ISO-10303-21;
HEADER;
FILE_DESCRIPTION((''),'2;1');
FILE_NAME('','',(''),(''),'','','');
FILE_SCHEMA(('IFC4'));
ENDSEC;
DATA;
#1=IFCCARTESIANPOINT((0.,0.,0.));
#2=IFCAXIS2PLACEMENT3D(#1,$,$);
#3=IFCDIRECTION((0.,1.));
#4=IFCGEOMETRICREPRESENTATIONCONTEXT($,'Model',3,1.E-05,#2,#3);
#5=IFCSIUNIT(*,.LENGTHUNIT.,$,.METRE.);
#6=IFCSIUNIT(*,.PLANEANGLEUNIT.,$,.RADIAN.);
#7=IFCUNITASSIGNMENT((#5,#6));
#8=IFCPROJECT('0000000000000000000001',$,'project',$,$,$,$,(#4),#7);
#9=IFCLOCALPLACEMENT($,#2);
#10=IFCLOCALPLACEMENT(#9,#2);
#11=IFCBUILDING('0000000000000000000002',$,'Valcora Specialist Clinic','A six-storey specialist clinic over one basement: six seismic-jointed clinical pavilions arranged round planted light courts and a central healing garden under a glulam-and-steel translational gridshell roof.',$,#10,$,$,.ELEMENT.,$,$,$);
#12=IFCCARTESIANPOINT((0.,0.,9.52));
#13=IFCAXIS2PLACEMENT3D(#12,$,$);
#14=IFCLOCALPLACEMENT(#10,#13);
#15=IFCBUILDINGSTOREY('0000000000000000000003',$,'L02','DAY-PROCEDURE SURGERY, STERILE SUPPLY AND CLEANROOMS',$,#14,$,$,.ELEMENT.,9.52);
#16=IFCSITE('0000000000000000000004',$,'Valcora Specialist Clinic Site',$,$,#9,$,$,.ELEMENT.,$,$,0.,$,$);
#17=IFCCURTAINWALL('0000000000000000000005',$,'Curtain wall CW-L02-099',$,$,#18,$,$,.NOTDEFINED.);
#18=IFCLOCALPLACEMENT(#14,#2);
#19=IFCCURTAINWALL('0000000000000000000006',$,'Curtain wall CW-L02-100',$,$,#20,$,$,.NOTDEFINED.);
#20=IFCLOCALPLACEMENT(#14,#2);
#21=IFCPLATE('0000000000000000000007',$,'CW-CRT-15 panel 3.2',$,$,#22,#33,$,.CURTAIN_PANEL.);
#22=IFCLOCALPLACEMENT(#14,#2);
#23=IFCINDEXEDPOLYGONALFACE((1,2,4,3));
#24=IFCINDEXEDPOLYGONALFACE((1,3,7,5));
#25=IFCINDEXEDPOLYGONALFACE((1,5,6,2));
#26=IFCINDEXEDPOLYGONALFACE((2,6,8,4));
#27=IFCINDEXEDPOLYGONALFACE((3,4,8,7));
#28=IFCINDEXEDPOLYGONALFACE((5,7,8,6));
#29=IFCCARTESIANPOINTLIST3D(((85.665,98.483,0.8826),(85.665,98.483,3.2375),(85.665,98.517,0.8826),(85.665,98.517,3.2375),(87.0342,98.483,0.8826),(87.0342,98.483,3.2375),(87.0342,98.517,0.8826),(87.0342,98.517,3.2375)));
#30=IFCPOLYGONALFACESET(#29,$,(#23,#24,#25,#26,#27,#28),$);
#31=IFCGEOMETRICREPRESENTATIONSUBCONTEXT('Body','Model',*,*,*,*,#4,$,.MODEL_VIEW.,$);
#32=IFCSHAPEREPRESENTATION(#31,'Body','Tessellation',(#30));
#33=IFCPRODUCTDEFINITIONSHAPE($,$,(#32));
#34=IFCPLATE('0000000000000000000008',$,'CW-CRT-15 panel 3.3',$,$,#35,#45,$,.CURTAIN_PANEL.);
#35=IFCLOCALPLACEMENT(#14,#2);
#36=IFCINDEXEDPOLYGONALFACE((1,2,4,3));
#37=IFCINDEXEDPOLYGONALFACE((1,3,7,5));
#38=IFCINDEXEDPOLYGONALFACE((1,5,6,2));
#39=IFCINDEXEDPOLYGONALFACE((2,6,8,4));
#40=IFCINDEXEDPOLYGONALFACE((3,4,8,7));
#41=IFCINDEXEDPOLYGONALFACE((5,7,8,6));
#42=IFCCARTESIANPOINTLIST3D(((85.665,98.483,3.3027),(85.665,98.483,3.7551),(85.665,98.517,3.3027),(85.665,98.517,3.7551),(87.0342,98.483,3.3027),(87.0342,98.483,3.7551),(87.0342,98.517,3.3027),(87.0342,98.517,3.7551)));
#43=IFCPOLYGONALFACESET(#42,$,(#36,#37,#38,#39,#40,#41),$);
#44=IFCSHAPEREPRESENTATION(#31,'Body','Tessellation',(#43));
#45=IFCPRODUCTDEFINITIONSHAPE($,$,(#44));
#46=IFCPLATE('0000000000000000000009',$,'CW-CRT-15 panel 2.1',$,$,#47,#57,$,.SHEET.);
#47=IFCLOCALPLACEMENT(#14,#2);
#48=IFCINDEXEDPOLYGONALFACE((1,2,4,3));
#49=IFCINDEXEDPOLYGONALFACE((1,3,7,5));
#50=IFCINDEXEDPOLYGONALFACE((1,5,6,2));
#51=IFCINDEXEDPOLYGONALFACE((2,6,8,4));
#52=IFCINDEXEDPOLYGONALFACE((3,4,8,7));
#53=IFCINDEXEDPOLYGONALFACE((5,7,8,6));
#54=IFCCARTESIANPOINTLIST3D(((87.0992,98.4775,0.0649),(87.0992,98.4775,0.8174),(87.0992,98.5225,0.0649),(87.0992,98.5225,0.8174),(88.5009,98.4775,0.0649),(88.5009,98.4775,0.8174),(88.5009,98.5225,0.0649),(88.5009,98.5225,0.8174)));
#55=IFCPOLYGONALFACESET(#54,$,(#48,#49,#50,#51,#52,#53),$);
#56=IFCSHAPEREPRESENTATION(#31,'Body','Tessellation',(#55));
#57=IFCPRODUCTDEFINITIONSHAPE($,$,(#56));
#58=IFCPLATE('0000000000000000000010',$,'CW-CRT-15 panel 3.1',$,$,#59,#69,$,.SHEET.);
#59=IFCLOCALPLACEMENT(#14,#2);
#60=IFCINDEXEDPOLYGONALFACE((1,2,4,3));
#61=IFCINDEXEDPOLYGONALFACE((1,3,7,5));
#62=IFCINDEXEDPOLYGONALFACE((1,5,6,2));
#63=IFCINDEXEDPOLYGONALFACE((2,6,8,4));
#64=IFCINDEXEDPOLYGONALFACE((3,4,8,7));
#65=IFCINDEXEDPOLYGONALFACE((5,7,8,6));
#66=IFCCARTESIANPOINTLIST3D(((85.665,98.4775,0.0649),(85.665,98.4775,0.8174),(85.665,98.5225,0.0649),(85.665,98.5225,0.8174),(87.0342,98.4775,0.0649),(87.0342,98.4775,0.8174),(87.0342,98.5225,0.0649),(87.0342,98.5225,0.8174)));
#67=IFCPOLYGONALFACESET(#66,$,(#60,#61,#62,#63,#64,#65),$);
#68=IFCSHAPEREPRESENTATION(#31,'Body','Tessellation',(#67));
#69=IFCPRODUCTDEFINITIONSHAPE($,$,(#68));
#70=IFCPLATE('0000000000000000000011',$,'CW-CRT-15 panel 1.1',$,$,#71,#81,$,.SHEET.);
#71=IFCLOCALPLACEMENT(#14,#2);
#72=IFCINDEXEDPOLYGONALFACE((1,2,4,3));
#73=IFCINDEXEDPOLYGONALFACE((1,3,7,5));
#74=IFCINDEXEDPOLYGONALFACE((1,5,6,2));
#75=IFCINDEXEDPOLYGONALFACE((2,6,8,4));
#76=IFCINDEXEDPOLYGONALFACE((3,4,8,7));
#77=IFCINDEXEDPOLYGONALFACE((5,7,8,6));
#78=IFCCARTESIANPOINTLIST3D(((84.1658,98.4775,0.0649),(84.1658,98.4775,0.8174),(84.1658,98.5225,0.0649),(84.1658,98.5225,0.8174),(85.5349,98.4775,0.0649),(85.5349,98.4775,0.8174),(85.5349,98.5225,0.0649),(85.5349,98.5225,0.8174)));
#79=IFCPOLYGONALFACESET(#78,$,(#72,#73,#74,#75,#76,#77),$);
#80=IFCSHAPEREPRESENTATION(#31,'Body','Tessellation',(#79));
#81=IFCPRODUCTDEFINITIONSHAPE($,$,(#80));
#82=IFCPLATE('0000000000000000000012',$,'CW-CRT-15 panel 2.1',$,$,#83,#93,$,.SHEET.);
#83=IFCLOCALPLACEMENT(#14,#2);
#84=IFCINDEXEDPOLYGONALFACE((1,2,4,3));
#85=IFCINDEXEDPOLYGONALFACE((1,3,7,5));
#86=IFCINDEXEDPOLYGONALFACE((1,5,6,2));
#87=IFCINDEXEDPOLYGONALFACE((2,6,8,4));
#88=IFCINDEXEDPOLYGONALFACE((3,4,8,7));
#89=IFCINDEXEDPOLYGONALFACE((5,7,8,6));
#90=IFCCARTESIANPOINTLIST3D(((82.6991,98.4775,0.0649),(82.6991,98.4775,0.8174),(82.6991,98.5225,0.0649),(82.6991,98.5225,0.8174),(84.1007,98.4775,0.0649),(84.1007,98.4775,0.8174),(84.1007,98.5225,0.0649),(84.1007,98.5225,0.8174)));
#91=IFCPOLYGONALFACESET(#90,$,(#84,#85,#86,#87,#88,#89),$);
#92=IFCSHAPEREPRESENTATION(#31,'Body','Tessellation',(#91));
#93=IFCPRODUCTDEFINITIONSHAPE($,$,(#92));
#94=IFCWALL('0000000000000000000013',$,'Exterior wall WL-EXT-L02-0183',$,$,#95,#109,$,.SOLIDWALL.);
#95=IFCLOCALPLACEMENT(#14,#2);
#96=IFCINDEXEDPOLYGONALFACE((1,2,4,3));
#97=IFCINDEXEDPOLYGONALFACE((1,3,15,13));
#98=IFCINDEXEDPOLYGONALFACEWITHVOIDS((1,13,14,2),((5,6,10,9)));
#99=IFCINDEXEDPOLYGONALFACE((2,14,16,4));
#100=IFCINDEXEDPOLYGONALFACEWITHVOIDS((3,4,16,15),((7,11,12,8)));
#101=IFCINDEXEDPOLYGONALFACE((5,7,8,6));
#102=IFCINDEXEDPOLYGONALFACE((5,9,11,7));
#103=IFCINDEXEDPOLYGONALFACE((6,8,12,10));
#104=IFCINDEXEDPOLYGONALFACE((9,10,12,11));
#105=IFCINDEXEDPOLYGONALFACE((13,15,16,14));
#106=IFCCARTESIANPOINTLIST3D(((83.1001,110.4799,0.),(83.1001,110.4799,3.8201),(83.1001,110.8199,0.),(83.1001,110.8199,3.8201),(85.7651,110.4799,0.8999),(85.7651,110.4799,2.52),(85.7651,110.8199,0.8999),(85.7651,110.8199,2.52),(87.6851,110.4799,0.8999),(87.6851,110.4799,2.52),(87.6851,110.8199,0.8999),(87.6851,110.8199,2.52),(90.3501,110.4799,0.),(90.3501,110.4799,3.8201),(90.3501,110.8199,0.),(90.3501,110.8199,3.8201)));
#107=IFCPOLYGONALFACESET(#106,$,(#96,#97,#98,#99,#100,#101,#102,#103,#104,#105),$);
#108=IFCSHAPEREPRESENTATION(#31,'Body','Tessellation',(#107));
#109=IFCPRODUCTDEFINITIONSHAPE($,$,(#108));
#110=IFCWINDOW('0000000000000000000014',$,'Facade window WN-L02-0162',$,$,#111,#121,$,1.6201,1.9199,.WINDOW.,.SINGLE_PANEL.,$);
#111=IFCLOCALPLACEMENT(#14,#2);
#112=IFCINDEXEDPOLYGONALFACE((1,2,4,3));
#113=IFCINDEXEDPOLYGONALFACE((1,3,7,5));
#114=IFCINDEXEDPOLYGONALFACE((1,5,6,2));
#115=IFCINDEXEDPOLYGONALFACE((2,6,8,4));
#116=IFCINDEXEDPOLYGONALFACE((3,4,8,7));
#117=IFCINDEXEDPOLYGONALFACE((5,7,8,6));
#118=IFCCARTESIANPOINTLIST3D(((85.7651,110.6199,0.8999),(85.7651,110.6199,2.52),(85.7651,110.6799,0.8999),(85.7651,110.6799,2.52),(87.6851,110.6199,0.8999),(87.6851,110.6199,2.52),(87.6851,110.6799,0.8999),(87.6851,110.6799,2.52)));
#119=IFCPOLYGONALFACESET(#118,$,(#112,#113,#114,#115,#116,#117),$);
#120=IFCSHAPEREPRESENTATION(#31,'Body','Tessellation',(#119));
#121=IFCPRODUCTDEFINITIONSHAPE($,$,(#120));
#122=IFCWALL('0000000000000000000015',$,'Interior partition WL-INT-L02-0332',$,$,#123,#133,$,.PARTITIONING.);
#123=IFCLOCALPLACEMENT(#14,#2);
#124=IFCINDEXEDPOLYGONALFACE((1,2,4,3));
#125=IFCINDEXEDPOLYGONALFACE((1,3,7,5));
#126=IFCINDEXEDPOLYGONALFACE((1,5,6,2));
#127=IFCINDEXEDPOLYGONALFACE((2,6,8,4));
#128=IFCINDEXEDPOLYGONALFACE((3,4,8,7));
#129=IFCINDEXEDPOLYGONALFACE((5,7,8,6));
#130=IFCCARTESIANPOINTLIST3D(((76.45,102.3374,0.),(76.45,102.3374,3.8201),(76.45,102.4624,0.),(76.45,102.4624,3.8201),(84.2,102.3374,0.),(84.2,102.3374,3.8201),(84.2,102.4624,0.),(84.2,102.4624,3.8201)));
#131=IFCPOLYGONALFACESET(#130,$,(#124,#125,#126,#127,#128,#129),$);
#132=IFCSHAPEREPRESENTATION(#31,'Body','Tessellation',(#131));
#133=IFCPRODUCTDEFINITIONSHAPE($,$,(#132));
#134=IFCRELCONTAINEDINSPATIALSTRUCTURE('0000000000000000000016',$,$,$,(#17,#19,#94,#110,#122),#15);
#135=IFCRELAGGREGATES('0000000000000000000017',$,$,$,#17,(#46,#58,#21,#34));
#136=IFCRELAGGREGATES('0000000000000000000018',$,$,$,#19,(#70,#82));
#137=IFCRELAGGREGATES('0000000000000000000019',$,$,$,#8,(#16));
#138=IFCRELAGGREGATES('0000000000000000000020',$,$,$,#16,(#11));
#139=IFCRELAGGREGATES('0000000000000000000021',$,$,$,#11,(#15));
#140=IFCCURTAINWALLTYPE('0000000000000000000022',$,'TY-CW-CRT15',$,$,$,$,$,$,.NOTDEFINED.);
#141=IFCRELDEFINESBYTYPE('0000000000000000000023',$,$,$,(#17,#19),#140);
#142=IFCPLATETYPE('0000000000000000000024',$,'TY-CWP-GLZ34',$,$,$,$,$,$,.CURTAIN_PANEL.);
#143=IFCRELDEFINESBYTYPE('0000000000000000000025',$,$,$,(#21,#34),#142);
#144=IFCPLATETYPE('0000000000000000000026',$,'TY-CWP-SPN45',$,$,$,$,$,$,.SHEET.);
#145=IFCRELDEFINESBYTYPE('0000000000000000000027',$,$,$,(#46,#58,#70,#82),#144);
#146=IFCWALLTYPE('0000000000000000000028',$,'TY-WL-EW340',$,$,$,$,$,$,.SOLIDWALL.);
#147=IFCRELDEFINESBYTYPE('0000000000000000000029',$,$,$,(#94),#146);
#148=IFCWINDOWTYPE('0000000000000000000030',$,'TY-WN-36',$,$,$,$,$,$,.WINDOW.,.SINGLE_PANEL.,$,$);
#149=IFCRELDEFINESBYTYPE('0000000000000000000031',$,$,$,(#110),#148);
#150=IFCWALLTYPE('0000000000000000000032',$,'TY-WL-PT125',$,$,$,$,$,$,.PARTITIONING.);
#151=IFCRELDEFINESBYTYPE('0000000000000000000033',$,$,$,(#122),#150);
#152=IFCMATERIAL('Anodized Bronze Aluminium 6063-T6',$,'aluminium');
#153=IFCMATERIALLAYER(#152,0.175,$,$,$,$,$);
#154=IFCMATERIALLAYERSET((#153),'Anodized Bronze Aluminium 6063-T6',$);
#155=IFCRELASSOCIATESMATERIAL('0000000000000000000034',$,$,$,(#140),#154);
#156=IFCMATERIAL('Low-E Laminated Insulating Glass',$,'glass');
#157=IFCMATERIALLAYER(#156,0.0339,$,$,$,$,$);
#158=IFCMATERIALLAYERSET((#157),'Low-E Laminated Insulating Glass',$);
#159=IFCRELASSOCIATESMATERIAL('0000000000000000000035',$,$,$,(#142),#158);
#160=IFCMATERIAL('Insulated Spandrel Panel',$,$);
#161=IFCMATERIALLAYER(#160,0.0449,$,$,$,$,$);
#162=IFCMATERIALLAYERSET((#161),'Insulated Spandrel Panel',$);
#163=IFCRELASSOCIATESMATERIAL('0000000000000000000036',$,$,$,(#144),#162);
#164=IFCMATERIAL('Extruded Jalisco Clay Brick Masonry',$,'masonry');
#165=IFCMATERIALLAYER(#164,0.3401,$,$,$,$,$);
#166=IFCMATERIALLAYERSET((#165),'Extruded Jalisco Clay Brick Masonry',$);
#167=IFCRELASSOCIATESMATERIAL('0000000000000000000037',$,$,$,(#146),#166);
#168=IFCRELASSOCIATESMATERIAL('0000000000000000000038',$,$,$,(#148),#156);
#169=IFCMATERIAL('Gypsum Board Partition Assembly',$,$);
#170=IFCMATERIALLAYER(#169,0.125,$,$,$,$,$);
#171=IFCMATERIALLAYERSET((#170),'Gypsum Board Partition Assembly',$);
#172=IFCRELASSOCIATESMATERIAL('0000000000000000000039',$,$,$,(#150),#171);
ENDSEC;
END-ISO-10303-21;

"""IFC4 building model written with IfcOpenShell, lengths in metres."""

from ifc_helpers import new_model, si_unit, direction, frame, frame_2d, origin, origin_2d, place, context, subcontext, project, spatial, rectangle, extrude, material, layer, layer_set, type_object, element, fill, aggregate, save


model = new_model("IFC4")

# Units and contexts
model_context = context("Model", 3, precision=1e-05, world=origin(), true_north=direction((0.0, 1.0)))
body_context = subcontext(model_context, "Body", "Model", "MODEL_VIEW")
ifc_project = project(units=[si_unit("LENGTHUNIT", "METRE"), si_unit("PLANEANGLEUNIT", "RADIAN")], contexts=[model_context])

# Site, building, storey
site_placement = place(None, origin())
site = spatial("IfcSite", under=ifc_project, at=site_placement, Name="Valcora Specialist Clinic Site", CompositionType="ELEMENT", RefElevation=0.0)
building_placement = place(site_placement, origin())
building = spatial("IfcBuilding", under=site, at=building_placement, Name="Valcora Specialist Clinic", Description="A six-storey specialist clinic over one basement: six seismic-jointed clinical pavilions arranged round planted light courts and a central healing garden under a glulam-and-steel translational gridshell roof.", CompositionType="ELEMENT")
storey_placement = place(building_placement, frame((0.0, 0.0, 9.52)))
storey = spatial("IfcBuildingStorey", under=building, at=storey_placement, Name="L02", Description="DAY-PROCEDURE SURGERY, STERILE SUPPLY AND CLEANROOMS", CompositionType="ELEMENT", Elevation=9.52)

# Curtain walls
ifc_material_1 = material(Name="Anodized Bronze Aluminium 6063-T6", Category="aluminium")
ifc_layer_1 = layer(ifc_material_1, 0.175)
ifc_layer_set_1 = layer_set([ifc_layer_1], Name="Anodized Bronze Aluminium 6063-T6")
curtain_wall_type = type_object("IfcCurtainWallType", Name="TY-CW-CRT15", PredefinedType="NOTDEFINED", material=ifc_layer_set_1)
curtain_wall_1_placement = place(storey_placement, origin())
curtain_wall_1 = element("IfcCurtainWall", 1, at=curtain_wall_1_placement, inside=storey, type_object=curtain_wall_type, Name="Curtain wall CW-L02-099", PredefinedType="NOTDEFINED")
curtain_wall_2_placement = place(storey_placement, origin())
curtain_wall_2 = element("IfcCurtainWall", 2, at=curtain_wall_2_placement, inside=storey, type_object=curtain_wall_type, Name="Curtain wall CW-L02-100", PredefinedType="NOTDEFINED")

# Plates
ifc_material_2 = material(Name="Low-E Laminated Insulating Glass", Category="glass")
ifc_layer_2 = layer(ifc_material_2, 0.0339)
ifc_layer_set_2 = layer_set([ifc_layer_2], Name="Low-E Laminated Insulating Glass")
plate_type_1 = type_object("IfcPlateType", Name="TY-CWP-GLZ34", PredefinedType="CURTAIN_PANEL", material=ifc_layer_set_2)
plate_1_placement = place(storey_placement, frame((86.3496, 98.5, 0.8826), z_axis=(0.0, 0.0, 1.0), x_axis=(-1.0, 0.0, 0.0)))
plate_1 = element("IfcPlate", 3, at=plate_1_placement, type_object=plate_type_1, Name="CW-CRT-15 panel 3.2", PredefinedType="CURTAIN_PANEL", context=body_context, shape_type="SweptSolid", body=[
    extrude(rectangle(XDim=1.3691, YDim=0.0339, at=origin_2d()), origin(), (0.0, 0.0, 1.0), 2.355),
])
plate_2_placement = place(storey_placement, frame((86.3496, 98.5, 3.3027), z_axis=(0.0, 0.0, 1.0), x_axis=(-1.0, 0.0, 0.0)))
plate_2 = element("IfcPlate", 4, at=plate_2_placement, type_object=plate_type_1, Name="CW-CRT-15 panel 3.3", PredefinedType="CURTAIN_PANEL", context=body_context, shape_type="SweptSolid", body=[
    extrude(rectangle(XDim=1.3691, YDim=0.0339, at=origin_2d()), origin(), (0.0, 0.0, 1.0), 0.4524),
])
ifc_material_3 = material(Name="Insulated Spandrel Panel")
ifc_layer_3 = layer(ifc_material_3, 0.0449)
ifc_layer_set_3 = layer_set([ifc_layer_3], Name="Insulated Spandrel Panel")
plate_type_2 = type_object("IfcPlateType", Name="TY-CWP-SPN45", PredefinedType="SHEET", material=ifc_layer_set_3)
plate_3_placement = place(storey_placement, frame((87.8, 98.5, 0.0649), z_axis=(0.0, 0.0, 1.0), x_axis=(-1.0, 0.0, 0.0)))
plate_3 = element("IfcPlate", 5, at=plate_3_placement, type_object=plate_type_2, Name="CW-CRT-15 panel 2.1", PredefinedType="SHEET", context=body_context, shape_type="SweptSolid", body=[
    extrude(rectangle(XDim=1.4016, YDim=0.0449, at=origin_2d()), origin(), (0.0, 0.0, 1.0), 0.7524),
])
plate_4_placement = place(storey_placement, frame((86.3496, 98.5, 0.0649), z_axis=(0.0, 0.0, 1.0), x_axis=(-1.0, 0.0, 0.0)))
plate_4 = element("IfcPlate", 6, at=plate_4_placement, type_object=plate_type_2, Name="CW-CRT-15 panel 3.1", PredefinedType="SHEET", context=body_context, shape_type="SweptSolid", body=[
    extrude(rectangle(XDim=1.3691, YDim=0.0449, at=origin_2d()), origin(), (0.0, 0.0, 1.0), 0.7524),
])
aggregate(curtain_wall_1, [plate_3, plate_4, plate_1, plate_2])
plate_5_placement = place(storey_placement, frame((84.8503, 98.5, 0.0649), z_axis=(0.0, 0.0, 1.0), x_axis=(-1.0, 0.0, 0.0)))
plate_5 = element("IfcPlate", 7, at=plate_5_placement, type_object=plate_type_2, Name="CW-CRT-15 panel 1.1", PredefinedType="SHEET", context=body_context, shape_type="SweptSolid", body=[
    extrude(rectangle(XDim=1.3691, YDim=0.0449, at=origin_2d()), origin(), (0.0, 0.0, 1.0), 0.7524),
])
plate_6_placement = place(storey_placement, frame((83.3999, 98.5, 0.0649), z_axis=(0.0, 0.0, 1.0), x_axis=(-1.0, 0.0, 0.0)))
plate_6 = element("IfcPlate", 8, at=plate_6_placement, type_object=plate_type_2, Name="CW-CRT-15 panel 2.1", PredefinedType="SHEET", context=body_context, shape_type="SweptSolid", body=[
    extrude(rectangle(XDim=1.4016, YDim=0.0449, at=origin_2d()), origin(), (0.0, 0.0, 1.0), 0.7524),
])
aggregate(curtain_wall_2, [plate_5, plate_6])

# Wall, opening, window
ifc_material_4 = material(Name="Extruded Jalisco Clay Brick Masonry", Category="masonry")
ifc_layer_4 = layer(ifc_material_4, 0.3401)
ifc_layer_set_4 = layer_set([ifc_layer_4], Name="Extruded Jalisco Clay Brick Masonry")
wall_type_1 = type_object("IfcWallType", Name="TY-WL-EW340", PredefinedType="SOLIDWALL", material=ifc_layer_set_4)
wall_1_placement = place(storey_placement, frame((83.1001, 110.6499, 0.0), z_axis=(0.0, 0.0, 1.0), x_axis=(1.0, 0.0, 0.0)))
wall_1 = element("IfcWall", 9, at=wall_1_placement, inside=storey, type_object=wall_type_1, Name="Exterior wall WL-EXT-L02-0183", PredefinedType="SOLIDWALL", context=body_context, shape_type="SweptSolid", body=[
    extrude(rectangle(XDim=7.25, YDim=0.3401, at=frame_2d((3.625, 0.0))), origin(), (0.0, 0.0, 1.0), 3.8201),
])
opening_placement = place(wall_1_placement, frame((2.665, 0.0, 0.8999)))
opening = element("IfcOpeningElement", 10, at=opening_placement, cuts=wall_1, PredefinedType="OPENING", context=body_context, shape_type="SweptSolid", body=[
    extrude(rectangle(XDim=1.9199, YDim=1.6201, at=frame_2d((0.96, 0.8101))), frame((0.0, 0.1799, 0.0), z_axis=(0.0, -1.0, 0.0), x_axis=(1.0, 0.0, 0.0)), (0.0, 0.0, 1.0), 0.3601),
])
window_type = type_object("IfcWindowType", Name="TY-WN-36", PartitioningType="SINGLE_PANEL", PredefinedType="WINDOW", material=ifc_material_2)
window_placement = place(opening_placement, origin())
window = element("IfcWindow", 11, at=window_placement, inside=storey, type_object=window_type, Name="Facade window WN-L02-0162", OverallHeight=1.6201, OverallWidth=1.9199, PartitioningType="SINGLE_PANEL", PredefinedType="WINDOW", context=body_context, shape_type="SweptSolid", body=[
    extrude(rectangle(XDim=1.9199, YDim=1.6201, at=frame_2d((0.96, 0.8101))), frame((0.0, 0.03, 0.0), z_axis=(0.0, -1.0, 0.0), x_axis=(1.0, 0.0, 0.0)), (0.0, 0.0, 1.0), 0.0601),
])
fill(opening, window)

# Wall
ifc_material_5 = material(Name="Gypsum Board Partition Assembly")
ifc_layer_5 = layer(ifc_material_5, 0.125)
ifc_layer_set_5 = layer_set([ifc_layer_5], Name="Gypsum Board Partition Assembly")
wall_type_2 = type_object("IfcWallType", Name="TY-WL-PT125", PredefinedType="PARTITIONING", material=ifc_layer_set_5)
wall_2_placement = place(storey_placement, frame((84.2, 102.3999, 0.0), z_axis=(0.0, 0.0, 1.0), x_axis=(-1.0, 0.0, 0.0)))
element("IfcWall", 12, at=wall_2_placement, inside=storey, type_object=wall_type_2, Name="Interior partition WL-INT-L02-0332", PredefinedType="PARTITIONING", context=body_context, shape_type="SweptSolid", body=[
    extrude(rectangle(XDim=7.75, YDim=0.125, at=frame_2d((3.875, 0.0))), origin(), (0.0, 0.0, 1.0), 3.8201),
])

save(model, "model.ifc")
